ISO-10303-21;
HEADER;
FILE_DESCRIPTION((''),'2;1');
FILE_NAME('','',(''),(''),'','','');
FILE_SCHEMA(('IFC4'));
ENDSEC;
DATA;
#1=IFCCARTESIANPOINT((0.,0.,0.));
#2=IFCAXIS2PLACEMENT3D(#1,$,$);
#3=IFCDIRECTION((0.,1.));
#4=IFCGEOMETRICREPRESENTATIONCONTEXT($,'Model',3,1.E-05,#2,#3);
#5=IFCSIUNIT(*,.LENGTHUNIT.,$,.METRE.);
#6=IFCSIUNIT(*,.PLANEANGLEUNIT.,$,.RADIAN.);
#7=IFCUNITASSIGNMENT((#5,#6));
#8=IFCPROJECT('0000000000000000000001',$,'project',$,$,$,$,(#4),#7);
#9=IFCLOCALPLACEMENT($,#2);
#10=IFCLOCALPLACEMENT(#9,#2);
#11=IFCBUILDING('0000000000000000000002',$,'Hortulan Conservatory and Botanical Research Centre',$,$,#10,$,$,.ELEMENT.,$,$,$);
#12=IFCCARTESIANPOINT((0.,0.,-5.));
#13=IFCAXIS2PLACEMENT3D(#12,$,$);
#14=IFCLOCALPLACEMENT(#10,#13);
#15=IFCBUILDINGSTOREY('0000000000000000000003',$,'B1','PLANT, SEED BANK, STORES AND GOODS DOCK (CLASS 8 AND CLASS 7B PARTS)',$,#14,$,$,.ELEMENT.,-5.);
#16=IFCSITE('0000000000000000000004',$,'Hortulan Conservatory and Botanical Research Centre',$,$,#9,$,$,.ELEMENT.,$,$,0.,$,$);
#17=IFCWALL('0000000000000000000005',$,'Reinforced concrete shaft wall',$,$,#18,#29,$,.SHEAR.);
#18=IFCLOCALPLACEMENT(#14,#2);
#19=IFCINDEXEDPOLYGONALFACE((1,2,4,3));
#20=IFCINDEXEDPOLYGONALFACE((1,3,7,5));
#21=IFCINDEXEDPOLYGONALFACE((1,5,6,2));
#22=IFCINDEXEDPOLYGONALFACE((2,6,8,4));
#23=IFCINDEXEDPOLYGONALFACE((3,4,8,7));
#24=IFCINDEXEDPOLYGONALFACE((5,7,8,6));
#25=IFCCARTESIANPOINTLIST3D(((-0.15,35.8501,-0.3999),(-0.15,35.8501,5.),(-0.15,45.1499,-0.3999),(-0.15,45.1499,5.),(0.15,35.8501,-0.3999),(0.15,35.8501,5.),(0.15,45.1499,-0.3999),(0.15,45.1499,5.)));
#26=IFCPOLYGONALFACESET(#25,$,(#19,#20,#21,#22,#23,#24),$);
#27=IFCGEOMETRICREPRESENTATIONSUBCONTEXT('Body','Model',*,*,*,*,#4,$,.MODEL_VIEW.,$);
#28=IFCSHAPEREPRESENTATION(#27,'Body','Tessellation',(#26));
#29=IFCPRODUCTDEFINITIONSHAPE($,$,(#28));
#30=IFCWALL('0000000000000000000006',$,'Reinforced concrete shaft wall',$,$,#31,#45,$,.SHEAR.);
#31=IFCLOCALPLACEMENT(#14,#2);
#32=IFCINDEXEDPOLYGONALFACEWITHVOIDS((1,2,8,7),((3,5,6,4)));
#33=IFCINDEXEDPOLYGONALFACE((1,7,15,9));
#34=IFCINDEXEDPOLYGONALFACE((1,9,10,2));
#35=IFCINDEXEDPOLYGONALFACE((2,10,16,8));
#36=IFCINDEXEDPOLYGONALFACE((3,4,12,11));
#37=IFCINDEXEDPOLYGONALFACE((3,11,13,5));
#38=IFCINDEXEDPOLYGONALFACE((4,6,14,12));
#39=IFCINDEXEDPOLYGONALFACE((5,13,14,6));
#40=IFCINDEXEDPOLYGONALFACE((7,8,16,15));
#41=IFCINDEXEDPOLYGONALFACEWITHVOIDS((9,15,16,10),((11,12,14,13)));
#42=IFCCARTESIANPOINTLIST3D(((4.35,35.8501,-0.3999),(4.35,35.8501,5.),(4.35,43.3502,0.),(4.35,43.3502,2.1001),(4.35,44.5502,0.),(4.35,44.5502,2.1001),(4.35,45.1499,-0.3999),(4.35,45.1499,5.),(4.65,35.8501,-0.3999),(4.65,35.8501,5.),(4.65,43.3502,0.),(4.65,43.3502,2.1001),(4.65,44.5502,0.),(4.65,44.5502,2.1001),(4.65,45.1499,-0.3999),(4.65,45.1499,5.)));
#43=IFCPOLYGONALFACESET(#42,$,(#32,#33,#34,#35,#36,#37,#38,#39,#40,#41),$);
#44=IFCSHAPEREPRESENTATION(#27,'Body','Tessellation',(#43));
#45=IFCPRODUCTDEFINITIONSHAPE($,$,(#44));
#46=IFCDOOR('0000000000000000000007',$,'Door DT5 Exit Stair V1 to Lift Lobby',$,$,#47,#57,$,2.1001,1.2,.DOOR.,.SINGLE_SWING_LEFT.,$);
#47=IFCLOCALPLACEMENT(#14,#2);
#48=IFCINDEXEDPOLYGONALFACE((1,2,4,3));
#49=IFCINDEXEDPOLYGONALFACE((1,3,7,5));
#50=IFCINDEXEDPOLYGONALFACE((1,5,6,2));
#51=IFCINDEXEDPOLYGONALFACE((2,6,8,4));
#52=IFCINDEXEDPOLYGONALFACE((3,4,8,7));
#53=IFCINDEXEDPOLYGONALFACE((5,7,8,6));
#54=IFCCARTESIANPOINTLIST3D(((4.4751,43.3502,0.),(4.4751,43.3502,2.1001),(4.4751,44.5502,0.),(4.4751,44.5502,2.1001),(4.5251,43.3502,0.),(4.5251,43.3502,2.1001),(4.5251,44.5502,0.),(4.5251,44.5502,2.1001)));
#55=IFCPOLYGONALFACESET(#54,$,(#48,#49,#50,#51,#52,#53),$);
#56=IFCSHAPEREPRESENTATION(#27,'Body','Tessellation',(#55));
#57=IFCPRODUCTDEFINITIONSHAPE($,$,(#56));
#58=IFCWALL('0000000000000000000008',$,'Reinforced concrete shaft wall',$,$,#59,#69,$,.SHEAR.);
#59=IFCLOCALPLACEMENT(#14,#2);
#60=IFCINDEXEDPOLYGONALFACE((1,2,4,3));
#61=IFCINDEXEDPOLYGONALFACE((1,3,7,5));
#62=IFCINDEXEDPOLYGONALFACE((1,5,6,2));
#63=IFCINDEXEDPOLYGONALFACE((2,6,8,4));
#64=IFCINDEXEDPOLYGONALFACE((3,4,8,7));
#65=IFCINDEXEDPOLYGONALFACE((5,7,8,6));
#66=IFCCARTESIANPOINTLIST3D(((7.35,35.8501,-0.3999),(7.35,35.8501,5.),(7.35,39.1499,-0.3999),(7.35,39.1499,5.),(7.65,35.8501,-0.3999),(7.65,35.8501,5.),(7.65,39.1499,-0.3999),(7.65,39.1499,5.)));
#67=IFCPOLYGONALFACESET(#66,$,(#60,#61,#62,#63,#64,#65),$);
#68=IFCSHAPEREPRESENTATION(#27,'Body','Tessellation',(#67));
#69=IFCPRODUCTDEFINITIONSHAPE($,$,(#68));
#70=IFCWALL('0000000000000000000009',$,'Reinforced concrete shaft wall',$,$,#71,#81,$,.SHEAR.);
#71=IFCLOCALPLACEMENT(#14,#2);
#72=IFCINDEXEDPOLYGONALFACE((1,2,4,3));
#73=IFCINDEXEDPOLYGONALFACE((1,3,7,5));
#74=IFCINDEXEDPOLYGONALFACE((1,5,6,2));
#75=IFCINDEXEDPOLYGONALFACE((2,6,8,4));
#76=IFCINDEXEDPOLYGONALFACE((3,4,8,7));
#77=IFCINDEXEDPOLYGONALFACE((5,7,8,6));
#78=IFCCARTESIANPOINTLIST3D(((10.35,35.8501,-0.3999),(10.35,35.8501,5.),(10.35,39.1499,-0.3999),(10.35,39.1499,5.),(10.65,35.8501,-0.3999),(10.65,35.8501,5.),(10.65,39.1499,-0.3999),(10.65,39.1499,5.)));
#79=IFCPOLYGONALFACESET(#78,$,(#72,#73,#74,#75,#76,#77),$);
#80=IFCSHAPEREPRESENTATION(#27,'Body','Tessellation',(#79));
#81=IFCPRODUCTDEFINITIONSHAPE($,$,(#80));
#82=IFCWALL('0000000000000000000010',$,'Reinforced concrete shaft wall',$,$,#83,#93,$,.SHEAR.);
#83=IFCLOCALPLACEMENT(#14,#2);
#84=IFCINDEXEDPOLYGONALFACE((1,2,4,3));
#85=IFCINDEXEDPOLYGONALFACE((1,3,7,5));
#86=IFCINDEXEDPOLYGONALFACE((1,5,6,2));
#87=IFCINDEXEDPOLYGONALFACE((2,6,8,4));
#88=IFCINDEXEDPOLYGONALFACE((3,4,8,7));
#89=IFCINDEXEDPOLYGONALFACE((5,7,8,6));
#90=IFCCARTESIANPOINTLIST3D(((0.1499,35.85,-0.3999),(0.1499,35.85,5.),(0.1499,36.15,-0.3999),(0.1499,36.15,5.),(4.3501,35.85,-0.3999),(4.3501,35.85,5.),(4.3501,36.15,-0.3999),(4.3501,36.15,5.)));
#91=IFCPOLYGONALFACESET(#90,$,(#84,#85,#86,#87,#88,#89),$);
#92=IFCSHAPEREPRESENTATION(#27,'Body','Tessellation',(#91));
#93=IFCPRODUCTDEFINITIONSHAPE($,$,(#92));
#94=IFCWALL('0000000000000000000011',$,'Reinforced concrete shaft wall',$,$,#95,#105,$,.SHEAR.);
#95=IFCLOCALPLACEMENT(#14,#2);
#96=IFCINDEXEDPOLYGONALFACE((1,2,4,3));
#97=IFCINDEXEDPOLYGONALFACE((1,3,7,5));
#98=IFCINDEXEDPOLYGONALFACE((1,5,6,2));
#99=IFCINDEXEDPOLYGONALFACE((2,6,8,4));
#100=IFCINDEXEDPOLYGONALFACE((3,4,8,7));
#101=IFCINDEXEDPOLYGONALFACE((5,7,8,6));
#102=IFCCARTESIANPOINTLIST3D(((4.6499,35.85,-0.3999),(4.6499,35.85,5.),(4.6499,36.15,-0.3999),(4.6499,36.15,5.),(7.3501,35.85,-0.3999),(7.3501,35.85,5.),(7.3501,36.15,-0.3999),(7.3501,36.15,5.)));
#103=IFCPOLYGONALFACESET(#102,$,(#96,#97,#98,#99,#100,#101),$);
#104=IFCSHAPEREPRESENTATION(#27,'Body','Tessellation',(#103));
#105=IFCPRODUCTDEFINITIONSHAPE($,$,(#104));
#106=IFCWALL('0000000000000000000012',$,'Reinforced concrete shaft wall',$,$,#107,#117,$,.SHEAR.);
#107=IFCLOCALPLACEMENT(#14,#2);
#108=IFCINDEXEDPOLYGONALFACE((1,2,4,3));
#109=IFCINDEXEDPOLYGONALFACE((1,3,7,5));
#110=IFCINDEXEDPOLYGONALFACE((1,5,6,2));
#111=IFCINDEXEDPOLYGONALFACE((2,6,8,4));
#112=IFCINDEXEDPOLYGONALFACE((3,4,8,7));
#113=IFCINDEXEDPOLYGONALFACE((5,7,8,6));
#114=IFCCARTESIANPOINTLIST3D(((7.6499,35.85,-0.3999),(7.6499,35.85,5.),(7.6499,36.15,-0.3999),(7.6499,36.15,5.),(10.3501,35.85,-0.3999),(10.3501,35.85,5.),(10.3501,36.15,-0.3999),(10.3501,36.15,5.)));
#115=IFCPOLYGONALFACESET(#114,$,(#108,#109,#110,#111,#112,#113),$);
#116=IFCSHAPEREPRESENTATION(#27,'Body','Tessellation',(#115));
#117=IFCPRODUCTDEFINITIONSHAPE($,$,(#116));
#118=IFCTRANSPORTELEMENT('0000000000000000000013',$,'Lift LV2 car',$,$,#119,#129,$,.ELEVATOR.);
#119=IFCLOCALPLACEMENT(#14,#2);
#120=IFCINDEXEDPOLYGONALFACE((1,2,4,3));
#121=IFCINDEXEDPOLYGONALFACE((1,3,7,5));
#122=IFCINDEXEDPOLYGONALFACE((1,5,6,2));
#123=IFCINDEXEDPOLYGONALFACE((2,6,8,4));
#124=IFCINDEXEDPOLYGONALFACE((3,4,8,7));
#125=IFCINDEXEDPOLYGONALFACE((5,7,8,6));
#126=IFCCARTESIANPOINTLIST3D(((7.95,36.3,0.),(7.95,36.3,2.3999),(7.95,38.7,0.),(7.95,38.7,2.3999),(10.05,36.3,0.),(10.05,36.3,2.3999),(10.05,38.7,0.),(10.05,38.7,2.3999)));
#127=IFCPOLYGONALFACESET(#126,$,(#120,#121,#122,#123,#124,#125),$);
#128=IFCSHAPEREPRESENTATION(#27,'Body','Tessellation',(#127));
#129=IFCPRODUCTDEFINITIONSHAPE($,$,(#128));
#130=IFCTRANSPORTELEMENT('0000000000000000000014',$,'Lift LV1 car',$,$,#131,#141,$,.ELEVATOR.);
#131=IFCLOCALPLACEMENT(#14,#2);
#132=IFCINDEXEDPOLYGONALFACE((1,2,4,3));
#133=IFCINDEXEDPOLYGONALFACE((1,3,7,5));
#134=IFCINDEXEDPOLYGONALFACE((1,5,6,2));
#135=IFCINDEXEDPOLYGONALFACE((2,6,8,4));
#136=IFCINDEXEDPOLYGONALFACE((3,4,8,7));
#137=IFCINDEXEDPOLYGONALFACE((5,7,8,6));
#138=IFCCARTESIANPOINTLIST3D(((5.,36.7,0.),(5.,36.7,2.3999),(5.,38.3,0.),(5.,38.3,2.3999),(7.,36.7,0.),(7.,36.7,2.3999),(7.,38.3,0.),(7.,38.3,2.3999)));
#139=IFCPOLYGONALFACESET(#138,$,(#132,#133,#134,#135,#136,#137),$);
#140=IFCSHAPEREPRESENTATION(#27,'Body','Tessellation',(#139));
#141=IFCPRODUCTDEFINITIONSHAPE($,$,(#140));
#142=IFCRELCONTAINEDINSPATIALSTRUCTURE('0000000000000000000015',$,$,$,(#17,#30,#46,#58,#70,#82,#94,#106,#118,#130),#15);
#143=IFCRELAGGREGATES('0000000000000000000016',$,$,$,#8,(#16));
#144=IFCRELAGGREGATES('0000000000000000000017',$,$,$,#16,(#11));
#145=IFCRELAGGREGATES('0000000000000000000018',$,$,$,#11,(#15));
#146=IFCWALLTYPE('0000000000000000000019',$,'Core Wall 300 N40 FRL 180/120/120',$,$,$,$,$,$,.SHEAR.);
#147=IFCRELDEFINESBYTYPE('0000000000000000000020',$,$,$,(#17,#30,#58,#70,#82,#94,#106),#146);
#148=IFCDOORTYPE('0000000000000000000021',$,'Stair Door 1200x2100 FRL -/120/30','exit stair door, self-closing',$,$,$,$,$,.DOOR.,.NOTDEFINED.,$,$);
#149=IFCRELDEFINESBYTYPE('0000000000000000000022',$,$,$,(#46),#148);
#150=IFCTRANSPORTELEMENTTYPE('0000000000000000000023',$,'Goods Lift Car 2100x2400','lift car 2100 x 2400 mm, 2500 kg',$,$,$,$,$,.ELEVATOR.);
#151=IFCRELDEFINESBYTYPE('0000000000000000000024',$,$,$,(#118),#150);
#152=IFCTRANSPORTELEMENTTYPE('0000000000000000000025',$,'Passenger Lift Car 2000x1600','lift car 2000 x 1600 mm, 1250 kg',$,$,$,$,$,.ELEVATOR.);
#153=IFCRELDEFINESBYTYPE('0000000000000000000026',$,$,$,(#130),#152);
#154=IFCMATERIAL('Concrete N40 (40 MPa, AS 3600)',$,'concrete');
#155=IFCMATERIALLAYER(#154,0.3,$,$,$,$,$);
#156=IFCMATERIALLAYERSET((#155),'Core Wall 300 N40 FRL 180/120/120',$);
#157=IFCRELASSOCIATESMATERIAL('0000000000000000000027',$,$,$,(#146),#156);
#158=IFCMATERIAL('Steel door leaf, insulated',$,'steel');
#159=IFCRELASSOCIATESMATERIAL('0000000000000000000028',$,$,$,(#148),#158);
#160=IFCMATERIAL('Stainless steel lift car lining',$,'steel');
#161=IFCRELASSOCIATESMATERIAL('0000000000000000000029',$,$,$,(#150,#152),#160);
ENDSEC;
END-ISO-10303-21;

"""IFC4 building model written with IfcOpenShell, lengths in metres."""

from ifc_helpers import new_model, si_unit, direction, frame, frame_2d, origin, origin_2d, place, context, subcontext, project, spatial, rectangle, extrude, material, layer, layer_set, type_object, element, fill, save


model = new_model("IFC4")

# Units and contexts
model_context = context("Model", 3, precision=1e-05, world=origin(), true_north=direction((0.0, 1.0)))
body_context = subcontext(model_context, "Body", "Model", "MODEL_VIEW")
ifc_project = project(units=[si_unit("LENGTHUNIT", "METRE"), si_unit("PLANEANGLEUNIT", "RADIAN")], contexts=[model_context])

# Site, building, storey
site_placement = place(None, origin())
site = spatial("IfcSite", under=ifc_project, at=site_placement, Name="Hortulan Conservatory and Botanical Research Centre", CompositionType="ELEMENT", RefElevation=0.0)
building_placement = place(site_placement, origin())
building = spatial("IfcBuilding", under=site, at=building_placement, Name="Hortulan Conservatory and Botanical Research Centre", CompositionType="ELEMENT")
storey_placement = place(building_placement, frame((0.0, 0.0, -5.0)))
storey = spatial("IfcBuildingStorey", under=building, at=storey_placement, Name="B1", Description="PLANT, SEED BANK, STORES AND GOODS DOCK (CLASS 8 AND CLASS 7B PARTS)", CompositionType="ELEMENT", Elevation=-5.0)

# Shared definitions
ifc_material_1 = material(Name="Concrete N40 (40 MPa, AS 3600)", Category="concrete")

# Shared definitions
ifc_material_2 = material(Name="Steel door leaf, insulated", Category="steel")

# Wall
ifc_layer_1 = layer(ifc_material_1, 0.3)
ifc_layer_set_1 = layer_set([ifc_layer_1], Name="Core Wall 300 N40 FRL 180/120/120")
wall_type_1 = type_object("IfcWallType", Name="Core Wall 300 N40 FRL 180/120/120", PredefinedType="SHEAR", material=ifc_layer_set_1)
wall_1_placement = place(storey_placement, frame((0.0, 35.8501, -0.3999), z_axis=(0.0, 0.0, 1.0), x_axis=(0.0, 1.0, 0.0)))
element("IfcWall", 1, at=wall_1_placement, inside=storey, type_object=wall_type_1, Name="Reinforced concrete shaft wall", PredefinedType="SHEAR", context=body_context, shape_type="SweptSolid", body=[
    extrude(rectangle(XDim=9.2998, YDim=0.3, at=frame_2d((4.6499, 0.0))), origin(), (0.0, 0.0, 1.0), 5.3999),
])

# Wall, opening, door
wall_2_placement = place(storey_placement, frame((4.5, 35.8501, -0.3999), z_axis=(0.0, 0.0, 1.0), x_axis=(0.0, 1.0, 0.0)))
wall_2 = element("IfcWall", 2, at=wall_2_placement, inside=storey, type_object=wall_type_1, Name="Reinforced concrete shaft wall", PredefinedType="SHEAR", context=body_context, shape_type="SweptSolid", body=[
    extrude(rectangle(XDim=9.2998, YDim=0.3, at=frame_2d((4.6499, 0.0))), origin(), (0.0, 0.0, 1.0), 5.3999),
])
opening_1_placement = place(wall_2_placement, frame((7.5, 0.0, 0.3999)))
opening_1 = element("IfcOpeningElement", 3, at=opening_1_placement, cuts=wall_2, PredefinedType="OPENING", context=body_context, shape_type="SweptSolid", body=[
    extrude(rectangle(XDim=1.2, YDim=2.1001, at=frame_2d((0.6001, 1.05))), frame((0.0, 0.1599, 0.0), z_axis=(0.0, -1.0, 0.0), x_axis=(1.0, 0.0, 0.0)), (0.0, 0.0, 1.0), 0.3201),
])
door_type_1 = type_object("IfcDoorType", Name="Stair Door 1200x2100 FRL -/120/30", Description="exit stair door, self-closing", OperationType="NOTDEFINED", PredefinedType="DOOR", material=ifc_material_2)
door_1_placement = place(opening_1_placement, origin())
door_1 = element("IfcDoor", 4, at=door_1_placement, inside=storey, type_object=door_type_1, Name="Door DT5 Exit Stair V1 to Lift Lobby", OperationType="SINGLE_SWING_LEFT", OverallHeight=2.1001, OverallWidth=1.2, PredefinedType="DOOR", context=body_context, shape_type="SweptSolid", body=[
    extrude(rectangle(XDim=1.2, YDim=2.1001, at=frame_2d((0.6001, 1.05))), frame((0.0, 0.0249, 0.0), z_axis=(0.0, -1.0, 0.0), x_axis=(1.0, 0.0, 0.0)), (0.0, 0.0, 1.0), 0.05),
])
fill(opening_1, door_1)

# Walls
for number, where, z_axis, x_axis, name in (
    (5, (7.5, 35.8501, -0.3999), (0.0, 0.0, 1.0), (0.0, 1.0, 0.0), "Reinforced concrete shaft wall"),
    (6, (10.5, 35.8501, -0.3999), (0.0, 0.0, 1.0), (0.0, 1.0, 0.0), "Reinforced concrete shaft wall"),
):
    element("IfcWall", number, at=place(storey_placement, frame(where, z_axis=z_axis, x_axis=x_axis)), inside=storey, type_object=wall_type_1, Name=name, PredefinedType="SHEAR", context=body_context, shape_type="SweptSolid", body=[
        extrude(rectangle(XDim=3.2998, YDim=0.3, at=frame_2d((1.6499, 0.0))), origin(), (0.0, 0.0, 1.0), 5.3999),
    ])
wall_3_placement = place(storey_placement, frame((0.1499, 36.0, -0.3999), z_axis=(0.0, 0.0, 1.0), x_axis=(1.0, 0.0, 0.0)))
element("IfcWall", 7, at=wall_3_placement, inside=storey, type_object=wall_type_1, Name="Reinforced concrete shaft wall", PredefinedType="SHEAR", context=body_context, shape_type="SweptSolid", body=[
    extrude(rectangle(XDim=4.2002, YDim=0.3, at=frame_2d((2.1001, 0.0))), origin(), (0.0, 0.0, 1.0), 5.3999),
])
for number, where, z_axis, x_axis, name in (
    (8, (4.6499, 36.0, -0.3999), (0.0, 0.0, 1.0), (1.0, 0.0, 0.0), "Reinforced concrete shaft wall"),
    (9, (7.6499, 36.0, -0.3999), (0.0, 0.0, 1.0), (1.0, 0.0, 0.0), "Reinforced concrete shaft wall"),
):
    element("IfcWall", number, at=place(storey_placement, frame(where, z_axis=z_axis, x_axis=x_axis)), inside=storey, type_object=wall_type_1, Name=name, PredefinedType="SHEAR", context=body_context, shape_type="SweptSolid", body=[
        extrude(rectangle(XDim=2.7002, YDim=0.3, at=frame_2d((1.3501, 0.0))), origin(), (0.0, 0.0, 1.0), 5.3999),
    ])

# Transport elements
ifc_material_3 = material(Name="Stainless steel lift car lining", Category="steel")
transport_element_type_1 = type_object("IfcTransportElementType", Name="Goods Lift Car 2100x2400", Description="lift car 2100 x 2400 mm, 2500 kg", PredefinedType="ELEVATOR", material=ifc_material_3)
transport_element_1_placement = place(storey_placement, frame((9.0, 37.5, 0.0), z_axis=(0.0, 0.0, 1.0), x_axis=(1.0, 0.0, 0.0)))
element("IfcTransportElement", 10, at=transport_element_1_placement, inside=storey, type_object=transport_element_type_1, Name="Lift LV2 car", PredefinedType="ELEVATOR", context=body_context, shape_type="SweptSolid", body=[
    extrude(rectangle(XDim=2.1001, YDim=2.3999, at=origin_2d()), origin(), (0.0, 0.0, 1.0), 2.3999),
])
transport_element_type_2 = type_object("IfcTransportElementType", Name="Passenger Lift Car 2000x1600", Description="lift car 2000 x 1600 mm, 1250 kg", PredefinedType="ELEVATOR", material=ifc_material_3)
transport_element_2_placement = place(storey_placement, frame((6.0, 37.5, 0.0), z_axis=(0.0, 0.0, 1.0), x_axis=(1.0, 0.0, 0.0)))
element("IfcTransportElement", 11, at=transport_element_2_placement, inside=storey, type_object=transport_element_type_2, Name="Lift LV1 car", PredefinedType="ELEVATOR", context=body_context, shape_type="SweptSolid", body=[
    extrude(rectangle(XDim=2.0, YDim=1.6001, at=origin_2d()), origin(), (0.0, 0.0, 1.0), 2.3999),
])

save(model, "model.ifc")
